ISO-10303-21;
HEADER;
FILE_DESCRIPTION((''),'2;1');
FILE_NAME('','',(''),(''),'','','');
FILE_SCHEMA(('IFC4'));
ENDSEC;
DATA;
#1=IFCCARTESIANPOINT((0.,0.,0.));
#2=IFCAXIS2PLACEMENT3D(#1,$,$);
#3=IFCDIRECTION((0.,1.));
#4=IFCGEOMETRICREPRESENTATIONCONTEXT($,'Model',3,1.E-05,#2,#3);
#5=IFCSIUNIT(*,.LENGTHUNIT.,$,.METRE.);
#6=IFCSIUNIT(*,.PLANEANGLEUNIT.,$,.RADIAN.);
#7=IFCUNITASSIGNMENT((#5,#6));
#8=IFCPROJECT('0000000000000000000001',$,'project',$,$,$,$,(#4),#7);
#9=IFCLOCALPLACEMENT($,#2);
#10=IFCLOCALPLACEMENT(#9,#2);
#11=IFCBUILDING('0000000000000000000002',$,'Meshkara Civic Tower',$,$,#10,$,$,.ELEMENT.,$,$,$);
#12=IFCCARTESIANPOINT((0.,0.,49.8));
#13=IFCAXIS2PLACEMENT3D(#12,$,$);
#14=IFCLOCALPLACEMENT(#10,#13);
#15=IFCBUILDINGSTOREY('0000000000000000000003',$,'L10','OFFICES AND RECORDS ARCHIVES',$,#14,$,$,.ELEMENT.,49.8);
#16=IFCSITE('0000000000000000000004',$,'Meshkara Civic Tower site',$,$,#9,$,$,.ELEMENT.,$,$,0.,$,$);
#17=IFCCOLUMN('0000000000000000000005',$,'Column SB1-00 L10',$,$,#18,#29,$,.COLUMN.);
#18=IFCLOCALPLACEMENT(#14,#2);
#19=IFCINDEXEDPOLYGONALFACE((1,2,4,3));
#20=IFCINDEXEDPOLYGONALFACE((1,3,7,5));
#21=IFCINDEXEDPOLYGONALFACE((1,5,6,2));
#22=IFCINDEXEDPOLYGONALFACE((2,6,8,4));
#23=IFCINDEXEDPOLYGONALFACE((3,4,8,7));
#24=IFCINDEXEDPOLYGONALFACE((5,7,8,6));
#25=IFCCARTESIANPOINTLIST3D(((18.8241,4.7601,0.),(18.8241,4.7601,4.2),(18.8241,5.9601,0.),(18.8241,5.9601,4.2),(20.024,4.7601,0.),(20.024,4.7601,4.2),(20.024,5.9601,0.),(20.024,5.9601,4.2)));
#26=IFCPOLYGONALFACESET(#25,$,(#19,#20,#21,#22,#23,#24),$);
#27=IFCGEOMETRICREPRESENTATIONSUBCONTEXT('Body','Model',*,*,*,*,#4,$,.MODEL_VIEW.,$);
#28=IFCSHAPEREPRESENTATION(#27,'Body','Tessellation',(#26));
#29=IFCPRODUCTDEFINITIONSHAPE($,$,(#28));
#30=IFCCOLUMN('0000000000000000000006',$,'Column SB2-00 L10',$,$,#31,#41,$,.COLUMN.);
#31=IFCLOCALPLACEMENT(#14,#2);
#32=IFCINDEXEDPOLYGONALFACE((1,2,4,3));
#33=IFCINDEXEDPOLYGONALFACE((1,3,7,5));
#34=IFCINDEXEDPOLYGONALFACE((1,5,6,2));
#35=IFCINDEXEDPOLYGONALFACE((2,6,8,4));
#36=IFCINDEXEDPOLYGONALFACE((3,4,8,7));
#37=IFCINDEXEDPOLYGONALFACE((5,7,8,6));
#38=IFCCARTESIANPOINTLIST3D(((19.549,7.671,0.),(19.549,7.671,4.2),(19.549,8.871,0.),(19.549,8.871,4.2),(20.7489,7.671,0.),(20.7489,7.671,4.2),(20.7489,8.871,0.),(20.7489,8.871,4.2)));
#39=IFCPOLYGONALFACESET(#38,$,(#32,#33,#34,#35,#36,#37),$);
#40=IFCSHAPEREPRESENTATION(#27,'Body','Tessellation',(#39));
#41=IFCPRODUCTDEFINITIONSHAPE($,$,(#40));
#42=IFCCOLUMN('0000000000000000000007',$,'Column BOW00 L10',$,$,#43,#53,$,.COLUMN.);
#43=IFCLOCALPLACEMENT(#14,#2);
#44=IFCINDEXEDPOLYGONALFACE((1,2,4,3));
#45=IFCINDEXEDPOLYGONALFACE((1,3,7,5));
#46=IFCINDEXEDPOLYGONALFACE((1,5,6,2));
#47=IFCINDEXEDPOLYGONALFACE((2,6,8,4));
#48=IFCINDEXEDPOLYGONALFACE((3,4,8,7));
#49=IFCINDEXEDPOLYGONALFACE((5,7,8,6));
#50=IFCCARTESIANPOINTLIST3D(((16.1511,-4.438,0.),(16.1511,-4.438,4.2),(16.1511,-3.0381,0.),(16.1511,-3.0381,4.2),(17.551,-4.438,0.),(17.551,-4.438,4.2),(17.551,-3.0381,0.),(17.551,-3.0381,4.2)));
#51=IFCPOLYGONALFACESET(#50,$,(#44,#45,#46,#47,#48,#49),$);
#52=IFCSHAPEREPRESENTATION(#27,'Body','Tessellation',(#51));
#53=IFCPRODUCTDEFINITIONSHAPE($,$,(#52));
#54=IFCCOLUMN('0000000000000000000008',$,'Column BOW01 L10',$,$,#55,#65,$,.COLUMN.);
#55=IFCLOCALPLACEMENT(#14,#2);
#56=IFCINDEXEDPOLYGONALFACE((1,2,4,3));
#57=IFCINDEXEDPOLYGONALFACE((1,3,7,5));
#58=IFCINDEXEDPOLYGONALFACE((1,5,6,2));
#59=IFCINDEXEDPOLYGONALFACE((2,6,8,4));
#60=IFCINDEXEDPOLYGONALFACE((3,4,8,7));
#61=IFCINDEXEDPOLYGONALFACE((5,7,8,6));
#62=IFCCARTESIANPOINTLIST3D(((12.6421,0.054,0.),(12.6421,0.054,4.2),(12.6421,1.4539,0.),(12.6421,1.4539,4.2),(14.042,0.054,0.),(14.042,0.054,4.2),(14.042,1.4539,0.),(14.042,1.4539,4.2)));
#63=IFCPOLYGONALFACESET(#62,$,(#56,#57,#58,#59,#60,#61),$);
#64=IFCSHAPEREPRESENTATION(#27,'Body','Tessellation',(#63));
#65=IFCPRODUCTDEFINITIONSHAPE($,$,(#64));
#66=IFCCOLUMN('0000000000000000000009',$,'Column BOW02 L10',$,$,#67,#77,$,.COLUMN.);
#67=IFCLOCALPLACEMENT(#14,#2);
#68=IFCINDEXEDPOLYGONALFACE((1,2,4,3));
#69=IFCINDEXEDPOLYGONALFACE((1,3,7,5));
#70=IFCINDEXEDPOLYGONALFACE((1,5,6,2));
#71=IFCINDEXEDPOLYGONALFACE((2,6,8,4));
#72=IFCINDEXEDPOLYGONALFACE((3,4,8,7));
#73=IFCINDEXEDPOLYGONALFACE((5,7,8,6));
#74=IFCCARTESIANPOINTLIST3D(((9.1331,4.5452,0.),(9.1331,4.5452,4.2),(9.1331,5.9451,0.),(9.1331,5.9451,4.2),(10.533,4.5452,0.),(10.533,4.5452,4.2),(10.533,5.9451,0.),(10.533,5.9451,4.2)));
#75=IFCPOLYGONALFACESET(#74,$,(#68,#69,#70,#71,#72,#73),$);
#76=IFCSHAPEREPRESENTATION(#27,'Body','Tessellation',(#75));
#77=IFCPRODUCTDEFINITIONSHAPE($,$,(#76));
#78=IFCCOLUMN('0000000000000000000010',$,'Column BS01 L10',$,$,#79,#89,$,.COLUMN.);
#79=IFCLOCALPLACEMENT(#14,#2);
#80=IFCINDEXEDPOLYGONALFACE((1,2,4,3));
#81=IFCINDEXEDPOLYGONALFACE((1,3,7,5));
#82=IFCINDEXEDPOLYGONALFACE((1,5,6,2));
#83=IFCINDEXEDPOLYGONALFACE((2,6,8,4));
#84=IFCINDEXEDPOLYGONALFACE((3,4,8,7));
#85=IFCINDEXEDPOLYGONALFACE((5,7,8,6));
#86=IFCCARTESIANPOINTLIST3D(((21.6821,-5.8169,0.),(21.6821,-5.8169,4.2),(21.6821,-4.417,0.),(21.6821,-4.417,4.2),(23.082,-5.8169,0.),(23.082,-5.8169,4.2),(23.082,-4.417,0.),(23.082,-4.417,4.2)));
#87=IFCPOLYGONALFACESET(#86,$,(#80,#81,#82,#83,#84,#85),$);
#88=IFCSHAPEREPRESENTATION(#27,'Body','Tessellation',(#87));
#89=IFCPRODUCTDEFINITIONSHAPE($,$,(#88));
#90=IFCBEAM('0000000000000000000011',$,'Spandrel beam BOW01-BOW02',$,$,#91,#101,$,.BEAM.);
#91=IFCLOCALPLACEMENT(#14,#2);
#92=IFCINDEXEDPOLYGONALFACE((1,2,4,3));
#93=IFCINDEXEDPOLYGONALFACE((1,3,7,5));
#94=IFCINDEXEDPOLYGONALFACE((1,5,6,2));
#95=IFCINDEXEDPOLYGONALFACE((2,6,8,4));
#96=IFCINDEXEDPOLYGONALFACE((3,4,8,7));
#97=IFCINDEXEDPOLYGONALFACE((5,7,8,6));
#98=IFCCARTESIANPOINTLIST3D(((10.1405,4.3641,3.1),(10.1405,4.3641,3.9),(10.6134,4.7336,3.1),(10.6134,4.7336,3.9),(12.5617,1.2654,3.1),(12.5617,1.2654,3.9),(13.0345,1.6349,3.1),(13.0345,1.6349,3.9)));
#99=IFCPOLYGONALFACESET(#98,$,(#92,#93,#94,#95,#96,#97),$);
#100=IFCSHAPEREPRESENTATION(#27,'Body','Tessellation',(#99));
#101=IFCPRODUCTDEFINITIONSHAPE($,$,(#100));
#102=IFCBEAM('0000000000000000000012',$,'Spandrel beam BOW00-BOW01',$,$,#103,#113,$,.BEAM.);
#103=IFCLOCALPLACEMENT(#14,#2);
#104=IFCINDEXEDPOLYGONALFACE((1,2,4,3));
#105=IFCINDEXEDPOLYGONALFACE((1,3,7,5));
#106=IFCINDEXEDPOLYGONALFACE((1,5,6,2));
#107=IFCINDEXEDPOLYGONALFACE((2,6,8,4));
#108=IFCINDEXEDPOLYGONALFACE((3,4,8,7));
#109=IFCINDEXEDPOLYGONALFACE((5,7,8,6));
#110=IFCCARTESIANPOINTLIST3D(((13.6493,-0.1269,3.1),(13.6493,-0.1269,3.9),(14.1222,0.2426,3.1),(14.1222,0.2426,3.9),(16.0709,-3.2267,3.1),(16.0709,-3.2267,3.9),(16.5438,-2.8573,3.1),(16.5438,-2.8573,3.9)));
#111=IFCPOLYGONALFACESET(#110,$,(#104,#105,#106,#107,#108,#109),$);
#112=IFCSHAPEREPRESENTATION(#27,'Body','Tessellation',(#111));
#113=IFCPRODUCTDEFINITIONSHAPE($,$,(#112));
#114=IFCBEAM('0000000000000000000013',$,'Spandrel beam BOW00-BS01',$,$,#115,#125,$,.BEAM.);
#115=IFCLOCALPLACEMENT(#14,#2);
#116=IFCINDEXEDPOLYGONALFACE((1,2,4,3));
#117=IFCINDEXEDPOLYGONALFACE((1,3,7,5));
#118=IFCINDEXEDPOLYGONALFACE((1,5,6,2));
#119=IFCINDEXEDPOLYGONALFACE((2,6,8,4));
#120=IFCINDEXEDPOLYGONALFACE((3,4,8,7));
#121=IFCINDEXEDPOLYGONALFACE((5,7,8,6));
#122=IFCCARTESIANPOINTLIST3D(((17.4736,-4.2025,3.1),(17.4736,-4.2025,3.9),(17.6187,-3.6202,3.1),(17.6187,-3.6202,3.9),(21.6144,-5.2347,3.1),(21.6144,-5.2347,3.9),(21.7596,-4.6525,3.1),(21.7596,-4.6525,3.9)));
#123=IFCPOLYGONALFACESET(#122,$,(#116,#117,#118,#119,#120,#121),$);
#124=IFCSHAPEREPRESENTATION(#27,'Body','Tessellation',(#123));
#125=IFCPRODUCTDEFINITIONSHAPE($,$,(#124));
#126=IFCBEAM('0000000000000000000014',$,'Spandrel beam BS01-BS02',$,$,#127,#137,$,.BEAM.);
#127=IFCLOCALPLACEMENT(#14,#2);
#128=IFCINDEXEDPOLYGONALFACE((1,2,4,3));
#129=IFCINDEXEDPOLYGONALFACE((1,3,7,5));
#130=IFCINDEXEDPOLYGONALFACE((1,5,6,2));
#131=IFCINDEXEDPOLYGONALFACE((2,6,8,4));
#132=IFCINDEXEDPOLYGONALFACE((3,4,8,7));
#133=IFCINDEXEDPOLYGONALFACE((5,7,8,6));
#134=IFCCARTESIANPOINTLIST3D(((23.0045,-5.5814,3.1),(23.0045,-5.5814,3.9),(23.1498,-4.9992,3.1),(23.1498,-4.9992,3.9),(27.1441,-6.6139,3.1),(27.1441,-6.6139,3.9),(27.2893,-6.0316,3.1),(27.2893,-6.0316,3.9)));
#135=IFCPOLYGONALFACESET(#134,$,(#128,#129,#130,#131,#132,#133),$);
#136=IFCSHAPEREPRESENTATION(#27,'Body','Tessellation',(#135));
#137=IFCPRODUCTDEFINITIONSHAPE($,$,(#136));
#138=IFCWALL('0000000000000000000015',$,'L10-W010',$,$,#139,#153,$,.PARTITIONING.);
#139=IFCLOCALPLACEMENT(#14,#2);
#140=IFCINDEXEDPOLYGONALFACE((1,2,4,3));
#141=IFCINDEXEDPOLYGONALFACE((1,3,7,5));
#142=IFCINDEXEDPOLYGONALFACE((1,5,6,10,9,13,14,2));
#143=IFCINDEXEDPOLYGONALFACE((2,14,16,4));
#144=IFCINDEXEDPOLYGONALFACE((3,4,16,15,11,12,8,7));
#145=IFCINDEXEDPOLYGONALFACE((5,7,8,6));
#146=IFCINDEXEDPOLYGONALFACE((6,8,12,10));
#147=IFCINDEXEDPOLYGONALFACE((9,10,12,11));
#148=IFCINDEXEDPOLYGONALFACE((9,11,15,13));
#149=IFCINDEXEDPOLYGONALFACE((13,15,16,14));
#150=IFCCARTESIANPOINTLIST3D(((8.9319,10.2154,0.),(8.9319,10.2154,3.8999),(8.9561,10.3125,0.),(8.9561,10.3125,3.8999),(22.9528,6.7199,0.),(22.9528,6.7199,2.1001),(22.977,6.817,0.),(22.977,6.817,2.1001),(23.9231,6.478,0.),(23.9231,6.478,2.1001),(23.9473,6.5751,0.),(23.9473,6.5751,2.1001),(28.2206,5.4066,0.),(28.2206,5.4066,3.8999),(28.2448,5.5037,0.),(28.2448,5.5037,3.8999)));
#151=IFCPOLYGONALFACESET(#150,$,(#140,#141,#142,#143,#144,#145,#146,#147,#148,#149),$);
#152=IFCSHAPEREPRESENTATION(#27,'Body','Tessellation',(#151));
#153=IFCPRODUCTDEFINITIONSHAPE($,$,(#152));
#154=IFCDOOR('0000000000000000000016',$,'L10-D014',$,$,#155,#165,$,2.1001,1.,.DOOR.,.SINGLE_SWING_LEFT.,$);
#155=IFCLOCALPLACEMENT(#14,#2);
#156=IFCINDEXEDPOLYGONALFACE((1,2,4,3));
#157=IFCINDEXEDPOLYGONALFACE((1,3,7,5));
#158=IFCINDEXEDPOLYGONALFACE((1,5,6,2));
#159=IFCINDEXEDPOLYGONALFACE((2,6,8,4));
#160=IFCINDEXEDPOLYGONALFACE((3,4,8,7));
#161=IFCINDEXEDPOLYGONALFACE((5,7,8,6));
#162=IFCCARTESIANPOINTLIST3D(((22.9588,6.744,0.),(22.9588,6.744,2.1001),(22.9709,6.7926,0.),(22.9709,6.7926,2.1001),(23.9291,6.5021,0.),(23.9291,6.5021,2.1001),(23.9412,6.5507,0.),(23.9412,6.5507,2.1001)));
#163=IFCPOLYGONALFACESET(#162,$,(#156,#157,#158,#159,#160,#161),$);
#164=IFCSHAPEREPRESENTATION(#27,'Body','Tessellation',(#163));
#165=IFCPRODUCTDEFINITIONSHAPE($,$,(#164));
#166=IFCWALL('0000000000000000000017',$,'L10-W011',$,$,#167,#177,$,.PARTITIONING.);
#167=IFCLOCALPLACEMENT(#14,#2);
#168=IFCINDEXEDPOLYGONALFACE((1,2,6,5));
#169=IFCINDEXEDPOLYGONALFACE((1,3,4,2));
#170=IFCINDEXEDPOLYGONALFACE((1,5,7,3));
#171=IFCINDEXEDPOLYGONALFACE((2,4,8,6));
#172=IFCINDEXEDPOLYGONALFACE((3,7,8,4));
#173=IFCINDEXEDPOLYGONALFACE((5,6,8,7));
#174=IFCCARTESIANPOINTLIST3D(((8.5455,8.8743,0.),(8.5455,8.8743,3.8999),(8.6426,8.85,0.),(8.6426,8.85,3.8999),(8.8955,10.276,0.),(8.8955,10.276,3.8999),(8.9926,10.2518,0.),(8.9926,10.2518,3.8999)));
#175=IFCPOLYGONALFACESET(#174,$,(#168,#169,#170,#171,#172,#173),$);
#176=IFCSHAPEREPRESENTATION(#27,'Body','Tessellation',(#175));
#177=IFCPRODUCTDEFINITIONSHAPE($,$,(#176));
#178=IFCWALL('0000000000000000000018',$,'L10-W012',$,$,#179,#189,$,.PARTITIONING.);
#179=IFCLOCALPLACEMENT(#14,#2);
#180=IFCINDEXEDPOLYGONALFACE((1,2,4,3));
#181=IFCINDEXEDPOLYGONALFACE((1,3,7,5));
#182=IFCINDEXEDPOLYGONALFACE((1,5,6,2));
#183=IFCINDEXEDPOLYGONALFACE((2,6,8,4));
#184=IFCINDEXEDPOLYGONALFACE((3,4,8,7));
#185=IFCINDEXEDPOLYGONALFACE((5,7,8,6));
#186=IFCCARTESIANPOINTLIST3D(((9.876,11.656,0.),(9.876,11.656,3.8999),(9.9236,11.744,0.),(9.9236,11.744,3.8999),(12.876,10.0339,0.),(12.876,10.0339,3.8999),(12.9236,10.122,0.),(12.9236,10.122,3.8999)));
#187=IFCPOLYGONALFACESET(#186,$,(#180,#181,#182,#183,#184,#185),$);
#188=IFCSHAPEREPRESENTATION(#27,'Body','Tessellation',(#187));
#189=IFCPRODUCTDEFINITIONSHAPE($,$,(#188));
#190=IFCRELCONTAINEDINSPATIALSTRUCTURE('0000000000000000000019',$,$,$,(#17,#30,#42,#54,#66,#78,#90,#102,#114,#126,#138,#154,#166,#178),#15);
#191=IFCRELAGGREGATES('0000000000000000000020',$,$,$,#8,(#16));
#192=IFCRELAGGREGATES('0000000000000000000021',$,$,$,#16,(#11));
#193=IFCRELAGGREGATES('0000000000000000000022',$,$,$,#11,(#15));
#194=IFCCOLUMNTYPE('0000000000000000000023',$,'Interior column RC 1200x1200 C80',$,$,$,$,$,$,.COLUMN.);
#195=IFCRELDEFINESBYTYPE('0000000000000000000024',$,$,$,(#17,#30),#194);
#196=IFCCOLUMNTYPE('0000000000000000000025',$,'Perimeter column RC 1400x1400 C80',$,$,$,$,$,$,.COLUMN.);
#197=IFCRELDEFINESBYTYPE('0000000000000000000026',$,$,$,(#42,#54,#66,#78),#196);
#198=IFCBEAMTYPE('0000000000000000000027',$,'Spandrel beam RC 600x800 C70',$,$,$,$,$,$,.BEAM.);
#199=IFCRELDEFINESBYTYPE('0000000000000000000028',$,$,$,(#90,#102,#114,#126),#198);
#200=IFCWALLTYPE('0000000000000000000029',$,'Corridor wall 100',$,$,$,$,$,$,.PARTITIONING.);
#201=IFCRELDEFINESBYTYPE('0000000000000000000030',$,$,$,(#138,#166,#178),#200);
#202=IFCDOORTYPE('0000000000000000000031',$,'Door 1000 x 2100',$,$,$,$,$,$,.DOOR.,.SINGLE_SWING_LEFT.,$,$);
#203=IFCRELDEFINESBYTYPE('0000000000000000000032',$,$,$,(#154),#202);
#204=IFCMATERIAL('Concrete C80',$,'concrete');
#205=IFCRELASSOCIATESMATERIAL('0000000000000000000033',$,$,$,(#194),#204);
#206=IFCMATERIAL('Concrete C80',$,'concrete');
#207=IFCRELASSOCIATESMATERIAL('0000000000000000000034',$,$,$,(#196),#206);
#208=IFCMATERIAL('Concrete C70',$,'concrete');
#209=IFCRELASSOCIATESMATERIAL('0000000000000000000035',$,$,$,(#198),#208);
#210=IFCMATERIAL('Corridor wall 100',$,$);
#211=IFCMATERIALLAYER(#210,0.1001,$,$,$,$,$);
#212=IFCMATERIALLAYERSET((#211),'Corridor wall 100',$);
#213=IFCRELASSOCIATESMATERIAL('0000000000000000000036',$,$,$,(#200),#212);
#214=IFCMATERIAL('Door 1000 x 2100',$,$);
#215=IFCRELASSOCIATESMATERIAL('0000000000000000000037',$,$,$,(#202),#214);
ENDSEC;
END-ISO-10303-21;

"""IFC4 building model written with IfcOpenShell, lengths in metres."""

from ifc_helpers import new_model, si_unit, direction, frame, frame_2d, origin, origin_2d, place, context, subcontext, project, spatial, rectangle, extrude, material, layer, layer_set, material_profile, profile_set, type_object, element, fill, save


model = new_model("IFC4")

# Units and contexts
model_context = context("Model", 3, precision=1e-05, world=origin(), true_north=direction((0.0, 1.0)))
body_context = subcontext(model_context, "Body", "Model", "MODEL_VIEW")
ifc_project = project(units=[si_unit("LENGTHUNIT", "METRE"), si_unit("PLANEANGLEUNIT", "RADIAN")], contexts=[model_context])

# Site, building, storey
site_placement = place(None, origin())
site = spatial("IfcSite", under=ifc_project, at=site_placement, Name="Meshkara Civic Tower site", CompositionType="ELEMENT", RefElevation=0.0)
building_placement = place(site_placement, origin())
building = spatial("IfcBuilding", under=site, at=building_placement, Name="Meshkara Civic Tower", CompositionType="ELEMENT")
storey_placement = place(building_placement, frame((0.0, 0.0, 49.8)))
storey = spatial("IfcBuildingStorey", under=building, at=storey_placement, Name="L10", Description="OFFICES AND RECORDS ARCHIVES", CompositionType="ELEMENT", Elevation=49.8)

# Columns
ifc_material_1 = material(Name="Concrete C80", Category="concrete")
ifc_material_profile_1 = material_profile(ifc_material_1, rectangle(XDim=1.2, YDim=1.2, at=origin_2d()))
ifc_profile_set_1 = profile_set([ifc_material_profile_1], Name="Concrete C80")
column_type_1 = type_object("IfcColumnType", Name="Interior column RC 1200x1200 C80", PredefinedType="COLUMN", material=ifc_profile_set_1)
for number, where, z_axis, x_axis, name in (
    (1, (19.4241, 5.3601, 0.0), (0.0, 0.0, 1.0), (1.0, 0.0, 0.0), "Column SB1-00 L10"),
    (2, (20.1489, 8.271, 0.0), (0.0, 0.0, 1.0), (1.0, 0.0, 0.0), "Column SB2-00 L10"),
):
    element("IfcColumn", number, at=place(storey_placement, frame(where, z_axis=z_axis, x_axis=x_axis)), inside=storey, type_object=column_type_1, Name=name, PredefinedType="COLUMN", context=body_context, shape_type="SweptSolid", body=[
        extrude(rectangle(XDim=1.2, YDim=1.2, at=origin_2d()), origin(), (0.0, 0.0, 1.0), 4.2),
    ])
ifc_material_2 = material(Name="Concrete C80", Category="concrete")
ifc_material_profile_2 = material_profile(ifc_material_2, rectangle(XDim=1.3999, YDim=1.3999, at=origin_2d()))
ifc_profile_set_2 = profile_set([ifc_material_profile_2], Name="Concrete C80")
column_type_2 = type_object("IfcColumnType", Name="Perimeter column RC 1400x1400 C80", PredefinedType="COLUMN", material=ifc_profile_set_2)
for number, where, z_axis, x_axis, name in (
    (3, (16.8511, -3.738, 0.0), (0.0, 0.0, 1.0), (1.0, 0.0, 0.0), "Column BOW00 L10"),
    (4, (13.342, 0.7539, 0.0), (0.0, 0.0, 1.0), (1.0, 0.0, 0.0), "Column BOW01 L10"),
    (5, (9.833, 5.2451, 0.0), (0.0, 0.0, 1.0), (1.0, 0.0, 0.0), "Column BOW02 L10"),
    (6, (22.3821, -5.1169, 0.0), (0.0, 0.0, 1.0), (1.0, 0.0, 0.0), "Column BS01 L10"),
):
    element("IfcColumn", number, at=place(storey_placement, frame(where, z_axis=z_axis, x_axis=x_axis)), inside=storey, type_object=column_type_2, Name=name, PredefinedType="COLUMN", context=body_context, shape_type="SweptSolid", body=[
        extrude(rectangle(XDim=1.3999, YDim=1.3999, at=origin_2d()), origin(), (0.0, 0.0, 1.0), 4.2),
    ])

# Beams
ifc_material_3 = material(Name="Concrete C70", Category="concrete")
ifc_material_profile_3 = material_profile(ifc_material_3, rectangle(XDim=0.6001, YDim=0.8, at=origin_2d()))
ifc_profile_set_3 = profile_set([ifc_material_profile_3], Name="Concrete C70")
beam_type = type_object("IfcBeamType", Name="Spandrel beam RC 600x800 C70", PredefinedType="BEAM", material=ifc_profile_set_3)
beam_1_placement = place(storey_placement, frame((10.377, 4.5488, 3.5), z_axis=(0.615697, -0.787983, 0.0), x_axis=(0.787983, 0.615697, 0.0)))
element("IfcBeam", 7, at=beam_1_placement, inside=storey, type_object=beam_type, Name="Spandrel beam BOW01-BOW02", PredefinedType="BEAM", context=body_context, shape_type="SweptSolid", body=[
    extrude(rectangle(XDim=0.6001, YDim=0.8, at=origin_2d()), origin(), (0.0, 0.0, 1.0), 3.9324),
])
beam_2_placement = place(storey_placement, frame((13.8857, 0.0579, 3.5), z_axis=(0.615624, -0.78804, 0.0), x_axis=(0.78804, 0.615624, 0.0)))
element("IfcBeam", 8, at=beam_2_placement, inside=storey, type_object=beam_type, Name="Spandrel beam BOW00-BOW01", PredefinedType="BEAM", context=body_context, shape_type="SweptSolid", body=[
    extrude(rectangle(XDim=0.6001, YDim=0.8, at=origin_2d()), origin(), (0.0, 0.0, 1.0), 3.9336),
])
beam_3_placement = place(storey_placement, frame((17.5461, -3.9114, 3.5), z_axis=(0.970307, -0.241876, 0.0), x_axis=(0.241876, 0.970307, 0.0)))
element("IfcBeam", 9, at=beam_3_placement, inside=storey, type_object=beam_type, Name="Spandrel beam BOW00-BS01", PredefinedType="BEAM", context=body_context, shape_type="SweptSolid", body=[
    extrude(rectangle(XDim=0.6001, YDim=0.8, at=origin_2d()), origin(), (0.0, 0.0, 1.0), 4.2676),
])
beam_4_placement = place(storey_placement, frame((23.0771, -5.2903, 3.5), z_axis=(0.970277, -0.241997, 0.0), x_axis=(0.241997, 0.970277, 0.0)))
element("IfcBeam", 10, at=beam_4_placement, inside=storey, type_object=beam_type, Name="Spandrel beam BS01-BS02", PredefinedType="BEAM", context=body_context, shape_type="SweptSolid", body=[
    extrude(rectangle(XDim=0.6001, YDim=0.8, at=origin_2d()), origin(), (0.0, 0.0, 1.0), 4.2664),
])

# Wall, opening, door
ifc_material_4 = material(Name="Corridor wall 100")
ifc_layer_1 = layer(ifc_material_4, 0.1001)
ifc_layer_set_1 = layer_set([ifc_layer_1], Name="Corridor wall 100")
wall_type_1 = type_object("IfcWallType", Name="Corridor wall 100", PredefinedType="PARTITIONING", material=ifc_layer_set_1)
wall_1_placement = place(storey_placement, frame((8.9441, 10.2639, 0.0), z_axis=(0.0, 0.0, 1.0), x_axis=(0.970301, -0.241903, 0.0)))
wall_1 = element("IfcWall", 11, at=wall_1_placement, inside=storey, type_object=wall_type_1, Name="L10-W010", PredefinedType="PARTITIONING", context=body_context, shape_type="SweptSolid", body=[
    extrude(rectangle(XDim=19.8792, YDim=0.1001, at=frame_2d((9.9395, 0.0))), origin(), (0.0, 0.0, 1.0), 3.8999),
])
opening_1_placement = place(wall_1_placement, frame((14.45, 0.0, 0.0)))
opening_1 = element("IfcOpeningElement", 12, at=opening_1_placement, cuts=wall_1, PredefinedType="OPENING", context=body_context, shape_type="SweptSolid", body=[
    extrude(rectangle(XDim=1.0, YDim=2.1001, at=frame_2d((0.5, 1.05))), frame((0.0, 0.0601, 0.0), z_axis=(0.0, -1.0, 0.0), x_axis=(1.0, 0.0, 0.0)), (0.0, 0.0, 1.0), 0.1201),
])
ifc_material_5 = material(Name="Door 1000 x 2100")
door_type = type_object("IfcDoorType", Name="Door 1000 x 2100", OperationType="SINGLE_SWING_LEFT", PredefinedType="DOOR", material=ifc_material_5)
door_placement = place(opening_1_placement, origin())
door = element("IfcDoor", 13, at=door_placement, inside=storey, type_object=door_type, Name="L10-D014", OperationType="SINGLE_SWING_LEFT", OverallHeight=2.1001, OverallWidth=1.0, PredefinedType="DOOR", context=body_context, shape_type="SweptSolid", body=[
    extrude(rectangle(XDim=1.0, YDim=2.1001, at=frame_2d((0.5, 1.05))), frame((0.0, 0.0249, 0.0), z_axis=(0.0, -1.0, 0.0), x_axis=(1.0, 0.0, 0.0)), (0.0, 0.0, 1.0), 0.05),
])
fill(opening_1, door)

# Walls
wall_2_placement = place(storey_placement, frame((8.9441, 10.2639, 0.0), z_axis=(0.0, 0.0, 1.0), x_axis=(-0.242297, -0.970202, 0.0)))
element("IfcWall", 14, at=wall_2_placement, inside=storey, type_object=wall_type_1, Name="L10-W011", PredefinedType="PARTITIONING", context=body_context, shape_type="SweptSolid", body=[
    extrude(rectangle(XDim=1.4448, YDim=0.1001, at=frame_2d((0.7224, 0.0))), origin(), (0.0, 0.0, 1.0), 3.8999),
])
wall_3_placement = place(storey_placement, frame((9.8999, 11.7, 0.0), z_axis=(0.0, 0.0, 1.0), x_axis=(0.879651, -0.475619, 0.0)))
element("IfcWall", 15, at=wall_3_placement, inside=storey, type_object=wall_type_1, Name="L10-W012", PredefinedType="PARTITIONING", context=body_context, shape_type="SweptSolid", body=[
    extrude(rectangle(XDim=3.4104, YDim=0.1001, at=frame_2d((1.7051, 0.0))), origin(), (0.0, 0.0, 1.0), 3.8999),
])

save(model, "model.ifc")
